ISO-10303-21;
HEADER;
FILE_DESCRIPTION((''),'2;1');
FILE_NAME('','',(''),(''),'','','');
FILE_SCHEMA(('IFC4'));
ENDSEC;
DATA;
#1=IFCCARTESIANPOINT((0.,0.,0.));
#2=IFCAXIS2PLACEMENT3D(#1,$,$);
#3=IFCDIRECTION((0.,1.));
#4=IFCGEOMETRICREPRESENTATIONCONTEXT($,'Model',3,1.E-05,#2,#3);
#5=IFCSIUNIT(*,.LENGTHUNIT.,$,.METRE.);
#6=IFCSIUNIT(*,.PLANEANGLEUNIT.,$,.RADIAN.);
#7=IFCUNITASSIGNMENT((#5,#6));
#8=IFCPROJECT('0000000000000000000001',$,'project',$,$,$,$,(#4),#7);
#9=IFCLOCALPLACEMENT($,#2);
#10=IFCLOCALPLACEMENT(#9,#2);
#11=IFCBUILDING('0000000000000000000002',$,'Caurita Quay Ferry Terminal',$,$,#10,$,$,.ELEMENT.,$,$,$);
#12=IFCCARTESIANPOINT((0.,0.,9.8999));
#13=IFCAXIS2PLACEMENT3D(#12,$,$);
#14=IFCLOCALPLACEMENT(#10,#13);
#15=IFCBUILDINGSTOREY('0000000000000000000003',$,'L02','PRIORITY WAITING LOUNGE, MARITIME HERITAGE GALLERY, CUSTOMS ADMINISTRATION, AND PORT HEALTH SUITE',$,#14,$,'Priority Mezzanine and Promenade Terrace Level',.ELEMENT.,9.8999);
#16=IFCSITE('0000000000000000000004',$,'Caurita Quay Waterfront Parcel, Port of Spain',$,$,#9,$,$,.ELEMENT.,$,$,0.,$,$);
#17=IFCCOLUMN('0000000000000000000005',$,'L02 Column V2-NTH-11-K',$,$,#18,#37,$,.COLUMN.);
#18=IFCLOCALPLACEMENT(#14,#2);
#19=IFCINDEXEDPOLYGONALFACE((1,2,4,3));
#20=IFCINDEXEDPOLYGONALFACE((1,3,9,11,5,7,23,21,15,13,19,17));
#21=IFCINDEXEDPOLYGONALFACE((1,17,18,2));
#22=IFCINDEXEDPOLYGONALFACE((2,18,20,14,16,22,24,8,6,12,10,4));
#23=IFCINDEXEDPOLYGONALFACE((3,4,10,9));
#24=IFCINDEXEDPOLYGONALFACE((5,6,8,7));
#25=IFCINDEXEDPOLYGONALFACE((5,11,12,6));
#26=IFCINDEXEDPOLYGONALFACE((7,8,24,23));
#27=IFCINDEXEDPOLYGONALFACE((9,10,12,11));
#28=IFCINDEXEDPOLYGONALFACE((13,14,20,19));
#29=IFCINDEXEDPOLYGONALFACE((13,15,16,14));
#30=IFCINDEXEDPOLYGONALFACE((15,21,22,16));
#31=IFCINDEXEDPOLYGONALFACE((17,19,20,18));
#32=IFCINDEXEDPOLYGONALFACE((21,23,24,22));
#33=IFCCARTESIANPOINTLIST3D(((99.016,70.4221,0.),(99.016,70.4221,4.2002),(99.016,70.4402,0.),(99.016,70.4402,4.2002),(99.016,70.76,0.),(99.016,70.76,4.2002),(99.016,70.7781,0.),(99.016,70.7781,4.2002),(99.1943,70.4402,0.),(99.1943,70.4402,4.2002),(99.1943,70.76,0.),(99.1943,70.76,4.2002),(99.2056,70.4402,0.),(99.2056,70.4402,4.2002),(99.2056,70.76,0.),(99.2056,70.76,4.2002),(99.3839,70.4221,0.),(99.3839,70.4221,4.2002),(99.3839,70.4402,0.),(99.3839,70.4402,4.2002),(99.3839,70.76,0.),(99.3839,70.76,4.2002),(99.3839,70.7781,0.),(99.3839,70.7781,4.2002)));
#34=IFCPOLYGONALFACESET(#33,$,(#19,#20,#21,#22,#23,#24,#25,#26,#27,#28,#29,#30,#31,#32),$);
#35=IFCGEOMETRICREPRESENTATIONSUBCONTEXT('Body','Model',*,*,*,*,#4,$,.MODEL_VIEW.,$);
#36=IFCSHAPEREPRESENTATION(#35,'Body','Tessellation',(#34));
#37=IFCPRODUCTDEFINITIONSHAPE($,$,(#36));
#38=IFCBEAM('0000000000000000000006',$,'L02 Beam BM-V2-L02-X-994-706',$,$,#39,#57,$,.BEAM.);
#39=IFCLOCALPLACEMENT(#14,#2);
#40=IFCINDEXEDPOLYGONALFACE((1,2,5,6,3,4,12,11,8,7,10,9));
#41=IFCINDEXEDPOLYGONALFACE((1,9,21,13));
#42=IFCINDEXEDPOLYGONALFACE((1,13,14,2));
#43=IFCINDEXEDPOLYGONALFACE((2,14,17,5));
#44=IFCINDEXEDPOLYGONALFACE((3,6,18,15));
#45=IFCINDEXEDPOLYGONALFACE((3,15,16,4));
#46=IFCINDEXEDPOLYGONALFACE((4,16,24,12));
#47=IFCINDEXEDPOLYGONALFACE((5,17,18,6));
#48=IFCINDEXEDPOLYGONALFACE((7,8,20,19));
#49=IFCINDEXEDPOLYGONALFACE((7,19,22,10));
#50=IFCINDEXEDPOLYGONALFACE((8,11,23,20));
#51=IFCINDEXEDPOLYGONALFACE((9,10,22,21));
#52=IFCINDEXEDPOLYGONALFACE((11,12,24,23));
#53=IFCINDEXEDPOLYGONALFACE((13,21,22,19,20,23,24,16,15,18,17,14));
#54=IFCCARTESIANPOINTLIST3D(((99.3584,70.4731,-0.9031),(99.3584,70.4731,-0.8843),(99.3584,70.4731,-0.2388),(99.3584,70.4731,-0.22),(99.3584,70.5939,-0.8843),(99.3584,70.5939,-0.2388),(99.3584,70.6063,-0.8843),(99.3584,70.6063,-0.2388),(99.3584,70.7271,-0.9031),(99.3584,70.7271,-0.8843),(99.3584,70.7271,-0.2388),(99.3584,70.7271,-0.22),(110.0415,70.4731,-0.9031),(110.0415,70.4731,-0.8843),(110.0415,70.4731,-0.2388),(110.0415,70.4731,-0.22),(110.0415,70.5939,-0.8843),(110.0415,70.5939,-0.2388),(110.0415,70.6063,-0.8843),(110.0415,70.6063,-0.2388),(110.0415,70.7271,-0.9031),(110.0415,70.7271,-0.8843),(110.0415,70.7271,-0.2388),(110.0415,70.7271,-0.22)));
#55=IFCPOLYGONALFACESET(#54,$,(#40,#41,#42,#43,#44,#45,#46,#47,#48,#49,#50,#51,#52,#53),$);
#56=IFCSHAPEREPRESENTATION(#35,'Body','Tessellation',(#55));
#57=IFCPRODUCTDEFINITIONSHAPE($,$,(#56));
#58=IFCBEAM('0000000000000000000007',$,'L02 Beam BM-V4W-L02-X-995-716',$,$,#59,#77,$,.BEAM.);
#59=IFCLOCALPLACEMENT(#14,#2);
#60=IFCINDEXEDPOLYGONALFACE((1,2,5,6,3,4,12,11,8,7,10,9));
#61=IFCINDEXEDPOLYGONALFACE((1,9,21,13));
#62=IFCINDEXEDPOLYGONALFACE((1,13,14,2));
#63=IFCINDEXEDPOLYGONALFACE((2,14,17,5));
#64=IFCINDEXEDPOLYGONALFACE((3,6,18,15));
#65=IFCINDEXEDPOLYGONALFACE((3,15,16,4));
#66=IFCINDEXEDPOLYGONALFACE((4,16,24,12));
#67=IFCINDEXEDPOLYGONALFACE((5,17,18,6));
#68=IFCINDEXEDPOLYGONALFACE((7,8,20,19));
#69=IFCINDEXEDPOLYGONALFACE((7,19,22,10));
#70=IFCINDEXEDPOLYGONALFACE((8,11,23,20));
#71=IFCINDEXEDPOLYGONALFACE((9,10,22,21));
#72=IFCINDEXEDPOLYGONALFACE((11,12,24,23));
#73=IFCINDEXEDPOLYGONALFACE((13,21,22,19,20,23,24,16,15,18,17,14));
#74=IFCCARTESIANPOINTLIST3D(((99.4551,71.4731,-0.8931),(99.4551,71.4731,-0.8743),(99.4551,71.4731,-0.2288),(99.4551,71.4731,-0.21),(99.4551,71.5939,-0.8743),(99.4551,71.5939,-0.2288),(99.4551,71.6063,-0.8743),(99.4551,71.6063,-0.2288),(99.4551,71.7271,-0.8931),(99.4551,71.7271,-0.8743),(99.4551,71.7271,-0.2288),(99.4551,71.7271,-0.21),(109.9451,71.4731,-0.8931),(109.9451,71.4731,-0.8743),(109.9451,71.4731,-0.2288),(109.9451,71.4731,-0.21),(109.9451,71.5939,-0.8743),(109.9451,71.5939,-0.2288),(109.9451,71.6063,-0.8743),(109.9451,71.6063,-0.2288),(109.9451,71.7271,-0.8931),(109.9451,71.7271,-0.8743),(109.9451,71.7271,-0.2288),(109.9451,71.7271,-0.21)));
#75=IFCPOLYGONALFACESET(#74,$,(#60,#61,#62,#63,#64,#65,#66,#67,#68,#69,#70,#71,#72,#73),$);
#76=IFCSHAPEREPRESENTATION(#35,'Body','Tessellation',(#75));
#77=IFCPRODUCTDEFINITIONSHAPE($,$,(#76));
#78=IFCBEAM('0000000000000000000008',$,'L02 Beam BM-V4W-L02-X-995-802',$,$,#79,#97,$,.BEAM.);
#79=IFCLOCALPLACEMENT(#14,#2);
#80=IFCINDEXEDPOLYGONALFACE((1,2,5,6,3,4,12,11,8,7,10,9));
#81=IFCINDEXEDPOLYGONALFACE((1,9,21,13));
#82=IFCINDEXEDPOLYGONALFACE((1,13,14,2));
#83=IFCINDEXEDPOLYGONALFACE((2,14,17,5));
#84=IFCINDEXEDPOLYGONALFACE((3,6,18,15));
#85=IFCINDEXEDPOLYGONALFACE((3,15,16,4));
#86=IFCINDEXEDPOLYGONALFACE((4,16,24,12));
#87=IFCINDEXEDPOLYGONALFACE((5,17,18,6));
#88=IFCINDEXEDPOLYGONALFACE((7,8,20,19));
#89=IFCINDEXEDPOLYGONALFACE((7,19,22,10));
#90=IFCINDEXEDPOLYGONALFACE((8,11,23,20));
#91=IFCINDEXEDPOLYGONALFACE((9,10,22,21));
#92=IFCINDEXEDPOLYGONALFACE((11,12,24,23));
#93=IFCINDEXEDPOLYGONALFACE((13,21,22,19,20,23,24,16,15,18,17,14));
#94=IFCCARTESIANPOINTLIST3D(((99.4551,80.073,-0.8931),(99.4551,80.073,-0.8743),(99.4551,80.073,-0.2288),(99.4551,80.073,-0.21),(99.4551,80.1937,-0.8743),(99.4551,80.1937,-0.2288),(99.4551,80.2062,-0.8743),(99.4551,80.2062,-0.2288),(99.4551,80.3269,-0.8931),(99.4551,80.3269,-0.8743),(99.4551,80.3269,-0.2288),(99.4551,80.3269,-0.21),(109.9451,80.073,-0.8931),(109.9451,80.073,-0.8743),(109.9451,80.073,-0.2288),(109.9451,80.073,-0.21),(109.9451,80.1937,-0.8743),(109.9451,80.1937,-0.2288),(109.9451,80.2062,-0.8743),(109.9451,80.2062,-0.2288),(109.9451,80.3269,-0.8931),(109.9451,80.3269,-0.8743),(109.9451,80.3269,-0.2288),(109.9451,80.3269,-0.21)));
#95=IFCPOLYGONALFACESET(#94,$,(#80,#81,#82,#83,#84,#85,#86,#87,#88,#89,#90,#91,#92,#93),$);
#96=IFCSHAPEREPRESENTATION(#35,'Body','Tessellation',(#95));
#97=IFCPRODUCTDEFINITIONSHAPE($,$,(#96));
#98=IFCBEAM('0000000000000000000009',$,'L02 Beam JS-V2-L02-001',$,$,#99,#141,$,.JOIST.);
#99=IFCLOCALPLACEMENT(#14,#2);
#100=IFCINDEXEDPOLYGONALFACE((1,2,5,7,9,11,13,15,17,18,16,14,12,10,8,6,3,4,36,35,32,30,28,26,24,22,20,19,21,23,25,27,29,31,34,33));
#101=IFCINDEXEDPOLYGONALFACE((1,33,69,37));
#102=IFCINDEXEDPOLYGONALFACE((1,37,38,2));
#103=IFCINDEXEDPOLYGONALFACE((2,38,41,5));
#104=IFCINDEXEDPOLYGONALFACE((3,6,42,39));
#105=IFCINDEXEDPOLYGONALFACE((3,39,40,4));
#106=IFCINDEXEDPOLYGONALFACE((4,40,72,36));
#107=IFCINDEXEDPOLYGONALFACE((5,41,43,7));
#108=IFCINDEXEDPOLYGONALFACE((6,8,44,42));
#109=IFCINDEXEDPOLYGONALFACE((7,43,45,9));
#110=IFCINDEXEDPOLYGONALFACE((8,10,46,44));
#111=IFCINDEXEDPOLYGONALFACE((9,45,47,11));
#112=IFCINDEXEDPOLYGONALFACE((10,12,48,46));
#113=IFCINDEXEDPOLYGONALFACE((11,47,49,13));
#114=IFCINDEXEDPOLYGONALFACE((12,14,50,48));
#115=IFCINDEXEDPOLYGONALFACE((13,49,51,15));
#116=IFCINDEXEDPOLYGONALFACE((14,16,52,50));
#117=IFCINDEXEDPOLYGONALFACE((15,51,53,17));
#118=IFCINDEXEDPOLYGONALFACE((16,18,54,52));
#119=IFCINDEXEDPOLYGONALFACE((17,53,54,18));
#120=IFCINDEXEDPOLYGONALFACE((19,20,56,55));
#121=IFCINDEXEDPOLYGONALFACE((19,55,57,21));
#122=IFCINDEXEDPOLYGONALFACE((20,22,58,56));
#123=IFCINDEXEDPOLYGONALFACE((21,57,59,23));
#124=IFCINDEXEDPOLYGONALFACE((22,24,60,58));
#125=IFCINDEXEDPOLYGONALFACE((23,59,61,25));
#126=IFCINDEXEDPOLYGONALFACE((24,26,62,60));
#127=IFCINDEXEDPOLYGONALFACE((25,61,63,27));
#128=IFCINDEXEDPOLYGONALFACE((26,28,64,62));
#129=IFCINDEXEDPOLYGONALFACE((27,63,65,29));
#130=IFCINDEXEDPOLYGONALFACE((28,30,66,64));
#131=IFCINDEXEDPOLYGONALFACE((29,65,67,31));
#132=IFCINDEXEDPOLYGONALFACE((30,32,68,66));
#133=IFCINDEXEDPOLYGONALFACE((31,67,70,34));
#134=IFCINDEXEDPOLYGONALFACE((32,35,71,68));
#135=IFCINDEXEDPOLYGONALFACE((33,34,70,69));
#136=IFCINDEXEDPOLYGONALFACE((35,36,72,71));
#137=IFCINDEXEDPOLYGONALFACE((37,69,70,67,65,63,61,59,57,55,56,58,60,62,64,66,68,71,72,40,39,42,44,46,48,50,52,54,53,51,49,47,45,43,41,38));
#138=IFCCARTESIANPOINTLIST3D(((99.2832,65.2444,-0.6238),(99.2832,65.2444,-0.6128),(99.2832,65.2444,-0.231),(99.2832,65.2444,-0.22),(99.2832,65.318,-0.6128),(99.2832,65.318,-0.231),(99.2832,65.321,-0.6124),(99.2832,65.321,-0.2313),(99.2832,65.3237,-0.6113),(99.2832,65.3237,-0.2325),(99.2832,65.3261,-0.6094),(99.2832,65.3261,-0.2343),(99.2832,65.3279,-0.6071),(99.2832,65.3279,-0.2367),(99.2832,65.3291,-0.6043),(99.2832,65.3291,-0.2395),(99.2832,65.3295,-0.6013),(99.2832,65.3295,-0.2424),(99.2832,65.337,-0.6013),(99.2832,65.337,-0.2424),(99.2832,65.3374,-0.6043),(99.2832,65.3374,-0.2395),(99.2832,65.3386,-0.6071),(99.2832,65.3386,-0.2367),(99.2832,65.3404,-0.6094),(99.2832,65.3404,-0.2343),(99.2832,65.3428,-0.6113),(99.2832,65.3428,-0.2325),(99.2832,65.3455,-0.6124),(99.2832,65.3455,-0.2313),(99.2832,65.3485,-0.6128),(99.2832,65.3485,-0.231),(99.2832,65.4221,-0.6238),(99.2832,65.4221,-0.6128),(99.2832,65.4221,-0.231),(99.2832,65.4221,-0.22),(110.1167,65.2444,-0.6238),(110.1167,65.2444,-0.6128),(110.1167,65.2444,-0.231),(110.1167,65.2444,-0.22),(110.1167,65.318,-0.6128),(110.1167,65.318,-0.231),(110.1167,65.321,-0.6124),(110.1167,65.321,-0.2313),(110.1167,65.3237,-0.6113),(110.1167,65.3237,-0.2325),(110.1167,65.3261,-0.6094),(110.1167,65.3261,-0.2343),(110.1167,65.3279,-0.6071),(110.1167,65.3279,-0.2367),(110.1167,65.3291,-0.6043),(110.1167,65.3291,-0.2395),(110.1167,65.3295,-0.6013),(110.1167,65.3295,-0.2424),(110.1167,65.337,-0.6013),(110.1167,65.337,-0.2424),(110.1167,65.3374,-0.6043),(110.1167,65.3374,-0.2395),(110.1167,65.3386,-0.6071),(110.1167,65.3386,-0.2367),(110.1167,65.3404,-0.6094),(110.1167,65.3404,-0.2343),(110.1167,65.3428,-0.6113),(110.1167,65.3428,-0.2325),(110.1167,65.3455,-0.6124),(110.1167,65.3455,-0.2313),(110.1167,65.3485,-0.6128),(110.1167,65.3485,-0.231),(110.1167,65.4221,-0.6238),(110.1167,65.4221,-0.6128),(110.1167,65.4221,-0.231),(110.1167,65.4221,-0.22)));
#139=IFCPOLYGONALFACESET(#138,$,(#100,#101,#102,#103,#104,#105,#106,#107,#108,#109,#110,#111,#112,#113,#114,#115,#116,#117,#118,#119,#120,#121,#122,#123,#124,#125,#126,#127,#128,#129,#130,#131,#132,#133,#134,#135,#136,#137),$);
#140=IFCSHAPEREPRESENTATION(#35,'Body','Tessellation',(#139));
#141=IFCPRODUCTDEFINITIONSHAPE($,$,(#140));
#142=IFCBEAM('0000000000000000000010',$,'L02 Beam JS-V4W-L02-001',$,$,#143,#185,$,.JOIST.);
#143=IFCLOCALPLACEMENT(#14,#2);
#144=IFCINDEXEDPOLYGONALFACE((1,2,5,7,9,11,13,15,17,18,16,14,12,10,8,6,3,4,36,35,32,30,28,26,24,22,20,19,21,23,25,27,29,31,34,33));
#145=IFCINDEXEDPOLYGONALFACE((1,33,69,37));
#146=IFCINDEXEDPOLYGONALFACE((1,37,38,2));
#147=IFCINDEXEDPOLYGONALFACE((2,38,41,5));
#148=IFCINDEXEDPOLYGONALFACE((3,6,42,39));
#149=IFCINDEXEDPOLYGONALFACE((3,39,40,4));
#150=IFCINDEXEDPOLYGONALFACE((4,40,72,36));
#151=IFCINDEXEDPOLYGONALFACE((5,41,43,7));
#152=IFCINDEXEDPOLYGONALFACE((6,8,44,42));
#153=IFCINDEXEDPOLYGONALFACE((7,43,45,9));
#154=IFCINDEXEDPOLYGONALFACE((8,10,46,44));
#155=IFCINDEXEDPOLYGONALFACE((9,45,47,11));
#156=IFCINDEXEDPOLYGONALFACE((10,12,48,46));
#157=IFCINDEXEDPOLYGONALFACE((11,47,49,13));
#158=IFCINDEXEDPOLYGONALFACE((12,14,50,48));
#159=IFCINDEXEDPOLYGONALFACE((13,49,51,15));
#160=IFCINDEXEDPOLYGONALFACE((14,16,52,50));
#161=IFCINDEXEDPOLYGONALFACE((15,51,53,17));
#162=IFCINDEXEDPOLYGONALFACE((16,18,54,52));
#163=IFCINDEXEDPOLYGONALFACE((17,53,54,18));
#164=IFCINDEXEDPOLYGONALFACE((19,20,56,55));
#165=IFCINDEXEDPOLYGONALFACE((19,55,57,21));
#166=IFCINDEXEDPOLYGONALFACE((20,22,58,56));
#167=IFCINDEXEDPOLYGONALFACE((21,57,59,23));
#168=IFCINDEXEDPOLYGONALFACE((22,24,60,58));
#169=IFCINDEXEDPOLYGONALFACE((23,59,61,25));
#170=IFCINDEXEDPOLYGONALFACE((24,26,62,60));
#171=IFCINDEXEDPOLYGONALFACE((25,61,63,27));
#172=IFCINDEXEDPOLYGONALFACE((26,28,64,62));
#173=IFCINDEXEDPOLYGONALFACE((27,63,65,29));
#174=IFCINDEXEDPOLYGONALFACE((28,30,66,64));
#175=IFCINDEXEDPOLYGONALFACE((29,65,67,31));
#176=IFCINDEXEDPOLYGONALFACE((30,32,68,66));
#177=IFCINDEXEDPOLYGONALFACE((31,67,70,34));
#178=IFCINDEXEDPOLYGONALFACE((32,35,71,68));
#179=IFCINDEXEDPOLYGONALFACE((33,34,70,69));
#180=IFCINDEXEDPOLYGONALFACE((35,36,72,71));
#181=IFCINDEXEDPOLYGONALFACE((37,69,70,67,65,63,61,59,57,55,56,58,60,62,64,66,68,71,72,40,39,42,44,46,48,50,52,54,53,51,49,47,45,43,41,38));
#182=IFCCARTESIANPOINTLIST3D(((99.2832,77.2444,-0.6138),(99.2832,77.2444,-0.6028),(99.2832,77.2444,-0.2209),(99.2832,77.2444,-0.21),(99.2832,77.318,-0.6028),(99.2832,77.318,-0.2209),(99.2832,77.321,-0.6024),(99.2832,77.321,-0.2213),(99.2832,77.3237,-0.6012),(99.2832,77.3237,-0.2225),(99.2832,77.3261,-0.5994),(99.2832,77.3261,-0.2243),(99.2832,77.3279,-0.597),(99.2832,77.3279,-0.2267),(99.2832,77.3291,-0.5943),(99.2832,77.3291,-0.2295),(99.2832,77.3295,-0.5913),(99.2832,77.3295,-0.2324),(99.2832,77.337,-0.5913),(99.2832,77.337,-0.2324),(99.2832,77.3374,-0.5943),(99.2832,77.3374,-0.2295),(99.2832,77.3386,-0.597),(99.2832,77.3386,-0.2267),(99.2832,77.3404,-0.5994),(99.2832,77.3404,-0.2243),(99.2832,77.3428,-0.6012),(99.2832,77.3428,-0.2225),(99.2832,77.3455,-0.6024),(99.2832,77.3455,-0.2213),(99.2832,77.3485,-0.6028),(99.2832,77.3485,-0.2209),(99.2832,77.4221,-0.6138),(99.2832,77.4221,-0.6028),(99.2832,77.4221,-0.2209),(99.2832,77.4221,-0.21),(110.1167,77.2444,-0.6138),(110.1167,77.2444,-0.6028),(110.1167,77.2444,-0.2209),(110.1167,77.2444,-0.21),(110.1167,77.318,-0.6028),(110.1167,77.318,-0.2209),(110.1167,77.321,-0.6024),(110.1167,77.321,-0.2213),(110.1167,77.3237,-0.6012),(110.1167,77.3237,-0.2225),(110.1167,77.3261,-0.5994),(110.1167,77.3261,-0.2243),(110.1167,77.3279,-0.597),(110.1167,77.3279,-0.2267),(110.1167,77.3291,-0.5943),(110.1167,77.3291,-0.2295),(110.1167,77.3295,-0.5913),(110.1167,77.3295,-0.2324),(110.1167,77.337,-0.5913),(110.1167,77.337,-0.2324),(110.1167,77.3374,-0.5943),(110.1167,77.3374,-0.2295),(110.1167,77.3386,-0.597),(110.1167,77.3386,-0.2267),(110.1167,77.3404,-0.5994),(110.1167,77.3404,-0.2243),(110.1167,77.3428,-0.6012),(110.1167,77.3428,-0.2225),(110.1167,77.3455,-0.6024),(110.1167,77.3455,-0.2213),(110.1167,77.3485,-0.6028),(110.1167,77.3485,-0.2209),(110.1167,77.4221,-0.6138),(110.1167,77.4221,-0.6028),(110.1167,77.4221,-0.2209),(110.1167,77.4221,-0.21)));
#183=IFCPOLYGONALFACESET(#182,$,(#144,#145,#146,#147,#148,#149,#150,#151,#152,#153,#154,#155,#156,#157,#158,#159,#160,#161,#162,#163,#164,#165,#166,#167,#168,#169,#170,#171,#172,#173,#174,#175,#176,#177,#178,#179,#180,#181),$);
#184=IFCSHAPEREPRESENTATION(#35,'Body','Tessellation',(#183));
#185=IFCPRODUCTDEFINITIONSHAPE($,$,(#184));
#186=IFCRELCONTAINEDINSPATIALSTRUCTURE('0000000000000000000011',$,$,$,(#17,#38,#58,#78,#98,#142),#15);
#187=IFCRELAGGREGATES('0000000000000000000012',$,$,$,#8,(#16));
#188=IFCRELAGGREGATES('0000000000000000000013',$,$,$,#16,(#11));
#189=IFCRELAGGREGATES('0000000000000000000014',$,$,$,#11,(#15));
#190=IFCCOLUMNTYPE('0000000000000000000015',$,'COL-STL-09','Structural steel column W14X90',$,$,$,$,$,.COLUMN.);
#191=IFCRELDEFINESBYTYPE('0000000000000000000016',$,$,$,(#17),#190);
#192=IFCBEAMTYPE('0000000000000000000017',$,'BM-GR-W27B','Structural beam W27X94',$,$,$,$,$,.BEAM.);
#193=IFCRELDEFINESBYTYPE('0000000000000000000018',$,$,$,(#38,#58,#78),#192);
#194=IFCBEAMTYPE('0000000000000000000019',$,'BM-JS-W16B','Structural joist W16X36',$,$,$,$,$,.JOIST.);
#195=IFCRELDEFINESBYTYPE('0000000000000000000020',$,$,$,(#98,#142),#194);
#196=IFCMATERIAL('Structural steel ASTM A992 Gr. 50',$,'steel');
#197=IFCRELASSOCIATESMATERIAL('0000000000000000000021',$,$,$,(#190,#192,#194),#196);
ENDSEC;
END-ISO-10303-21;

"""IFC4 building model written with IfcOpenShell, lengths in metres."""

from ifc_helpers import new_model, si_unit, direction, frame, origin, origin_2d, place, context, subcontext, project, spatial, i_section, extrude, material, material_profile, profile_set, type_object, element, save


model = new_model("IFC4")

# Units and contexts
model_context = context("Model", 3, precision=1e-05, world=origin(), true_north=direction((0.0, 1.0)))
body_context = subcontext(model_context, "Body", "Model", "MODEL_VIEW")
ifc_project = project(units=[si_unit("LENGTHUNIT", "METRE"), si_unit("PLANEANGLEUNIT", "RADIAN")], contexts=[model_context])

# Site, building, storey
site_placement = place(None, origin())
site = spatial("IfcSite", under=ifc_project, at=site_placement, Name="Caurita Quay Waterfront Parcel, Port of Spain", CompositionType="ELEMENT", RefElevation=0.0)
building_placement = place(site_placement, origin())
building = spatial("IfcBuilding", under=site, at=building_placement, Name="Caurita Quay Ferry Terminal", CompositionType="ELEMENT")
storey_placement = place(building_placement, frame((0.0, 0.0, 9.8999)))
storey = spatial("IfcBuildingStorey", under=building, at=storey_placement, Name="L02", Description="PRIORITY WAITING LOUNGE, MARITIME HERITAGE GALLERY, CUSTOMS ADMINISTRATION, AND PORT HEALTH SUITE", LongName="Priority Mezzanine and Promenade Terrace Level", CompositionType="ELEMENT", Elevation=9.8999)

# Column
ifc_material_1 = material(Name="Structural steel ASTM A992 Gr. 50", Category="steel")
ifc_material_profile_1 = material_profile(ifc_material_1, i_section(OverallWidth=0.3679, OverallDepth=0.356, WebThickness=0.0112, FlangeThickness=0.0181, at=origin_2d()), Name="W14X90")
ifc_profile_set_1 = profile_set([ifc_material_profile_1], Name="Structural steel ASTM A992 Gr. 50")
column_type = type_object("IfcColumnType", Name="COL-STL-09", Description="Structural steel column W14X90", PredefinedType="COLUMN", material=ifc_profile_set_1)
column_placement = place(storey_placement, frame((99.2, 70.6001, 0.0), z_axis=(0.0, 0.0, 1.0), x_axis=(1.0, 0.0, 0.0)))
element("IfcColumn", 1, at=column_placement, inside=storey, type_object=column_type, Name="L02 Column V2-NTH-11-K", PredefinedType="COLUMN", context=body_context, shape_type="SweptSolid", body=[
    extrude(i_section(OverallWidth=0.3679, OverallDepth=0.356, WebThickness=0.0112, FlangeThickness=0.0181, at=origin_2d()), origin(), (0.0, 0.0, 1.0), 4.2002),
])

# Beams
ifc_material_profile_2 = material_profile(ifc_material_1, i_section(OverallWidth=0.2539, OverallDepth=0.6831, WebThickness=0.0125, FlangeThickness=0.0188, at=origin_2d()), Name="W27X94")
ifc_profile_set_2 = profile_set([ifc_material_profile_2], Name="Structural steel ASTM A992 Gr. 50")
beam_type_1 = type_object("IfcBeamType", Name="BM-GR-W27B", Description="Structural beam W27X94", PredefinedType="BEAM", material=ifc_profile_set_2)
beam_1_placement = place(storey_placement, frame((99.3584, 70.6001, -0.5615), z_axis=(1.0, 0.0, 0.0), x_axis=(0.0, 1.0, 0.0)))
element("IfcBeam", 2, at=beam_1_placement, inside=storey, type_object=beam_type_1, Name="L02 Beam BM-V2-L02-X-994-706", PredefinedType="BEAM", context=body_context, shape_type="SweptSolid", body=[
    extrude(i_section(OverallWidth=0.2539, OverallDepth=0.6831, WebThickness=0.0125, FlangeThickness=0.0188, at=origin_2d()), origin(), (0.0, 0.0, 1.0), 10.6831),
])
for number, where, z_axis, x_axis, name in (
    (3, (99.4551, 71.6001, -0.5515), (1.0, 0.0, 0.0), (0.0, 1.0, 0.0), "L02 Beam BM-V4W-L02-X-995-716"),
    (4, (99.4551, 80.2, -0.5515), (1.0, 0.0, 0.0), (0.0, 1.0, 0.0), "L02 Beam BM-V4W-L02-X-995-802"),
):
    element("IfcBeam", number, at=place(storey_placement, frame(where, z_axis=z_axis, x_axis=x_axis)), inside=storey, type_object=beam_type_1, Name=name, PredefinedType="BEAM", context=body_context, shape_type="SweptSolid", body=[
        extrude(i_section(OverallWidth=0.2539, OverallDepth=0.6831, WebThickness=0.0125, FlangeThickness=0.0188, at=origin_2d()), origin(), (0.0, 0.0, 1.0), 10.49),
    ])
ifc_material_profile_3 = material_profile(ifc_material_1, i_section(OverallWidth=0.1777, OverallDepth=0.4038, WebThickness=0.0076, FlangeThickness=0.011, FilletRadius=0.0115, at=origin_2d()), Name="W16X36")
ifc_profile_set_3 = profile_set([ifc_material_profile_3], Name="Structural steel ASTM A992 Gr. 50")
beam_type_2 = type_object("IfcBeamType", Name="BM-JS-W16B", Description="Structural joist W16X36", PredefinedType="JOIST", material=ifc_profile_set_3)
for number, where, z_axis, x_axis, name in (
    (5, (99.2832, 65.3333, -0.4219), (1.0, 0.0, 0.0), (0.0, 1.0, 0.0), "L02 Beam JS-V2-L02-001"),
    (6, (99.2832, 77.3333, -0.4119), (1.0, 0.0, 0.0), (0.0, 1.0, 0.0), "L02 Beam JS-V4W-L02-001"),
):
    element("IfcBeam", number, at=place(storey_placement, frame(where, z_axis=z_axis, x_axis=x_axis)), inside=storey, type_object=beam_type_2, Name=name, PredefinedType="JOIST", context=body_context, shape_type="SweptSolid", body=[
        extrude(i_section(OverallWidth=0.1777, OverallDepth=0.4038, WebThickness=0.0076, FlangeThickness=0.011, FilletRadius=0.0115, at=origin_2d()), origin(), (0.0, 0.0, 1.0), 10.8335),
    ])

save(model, "model.ifc")
